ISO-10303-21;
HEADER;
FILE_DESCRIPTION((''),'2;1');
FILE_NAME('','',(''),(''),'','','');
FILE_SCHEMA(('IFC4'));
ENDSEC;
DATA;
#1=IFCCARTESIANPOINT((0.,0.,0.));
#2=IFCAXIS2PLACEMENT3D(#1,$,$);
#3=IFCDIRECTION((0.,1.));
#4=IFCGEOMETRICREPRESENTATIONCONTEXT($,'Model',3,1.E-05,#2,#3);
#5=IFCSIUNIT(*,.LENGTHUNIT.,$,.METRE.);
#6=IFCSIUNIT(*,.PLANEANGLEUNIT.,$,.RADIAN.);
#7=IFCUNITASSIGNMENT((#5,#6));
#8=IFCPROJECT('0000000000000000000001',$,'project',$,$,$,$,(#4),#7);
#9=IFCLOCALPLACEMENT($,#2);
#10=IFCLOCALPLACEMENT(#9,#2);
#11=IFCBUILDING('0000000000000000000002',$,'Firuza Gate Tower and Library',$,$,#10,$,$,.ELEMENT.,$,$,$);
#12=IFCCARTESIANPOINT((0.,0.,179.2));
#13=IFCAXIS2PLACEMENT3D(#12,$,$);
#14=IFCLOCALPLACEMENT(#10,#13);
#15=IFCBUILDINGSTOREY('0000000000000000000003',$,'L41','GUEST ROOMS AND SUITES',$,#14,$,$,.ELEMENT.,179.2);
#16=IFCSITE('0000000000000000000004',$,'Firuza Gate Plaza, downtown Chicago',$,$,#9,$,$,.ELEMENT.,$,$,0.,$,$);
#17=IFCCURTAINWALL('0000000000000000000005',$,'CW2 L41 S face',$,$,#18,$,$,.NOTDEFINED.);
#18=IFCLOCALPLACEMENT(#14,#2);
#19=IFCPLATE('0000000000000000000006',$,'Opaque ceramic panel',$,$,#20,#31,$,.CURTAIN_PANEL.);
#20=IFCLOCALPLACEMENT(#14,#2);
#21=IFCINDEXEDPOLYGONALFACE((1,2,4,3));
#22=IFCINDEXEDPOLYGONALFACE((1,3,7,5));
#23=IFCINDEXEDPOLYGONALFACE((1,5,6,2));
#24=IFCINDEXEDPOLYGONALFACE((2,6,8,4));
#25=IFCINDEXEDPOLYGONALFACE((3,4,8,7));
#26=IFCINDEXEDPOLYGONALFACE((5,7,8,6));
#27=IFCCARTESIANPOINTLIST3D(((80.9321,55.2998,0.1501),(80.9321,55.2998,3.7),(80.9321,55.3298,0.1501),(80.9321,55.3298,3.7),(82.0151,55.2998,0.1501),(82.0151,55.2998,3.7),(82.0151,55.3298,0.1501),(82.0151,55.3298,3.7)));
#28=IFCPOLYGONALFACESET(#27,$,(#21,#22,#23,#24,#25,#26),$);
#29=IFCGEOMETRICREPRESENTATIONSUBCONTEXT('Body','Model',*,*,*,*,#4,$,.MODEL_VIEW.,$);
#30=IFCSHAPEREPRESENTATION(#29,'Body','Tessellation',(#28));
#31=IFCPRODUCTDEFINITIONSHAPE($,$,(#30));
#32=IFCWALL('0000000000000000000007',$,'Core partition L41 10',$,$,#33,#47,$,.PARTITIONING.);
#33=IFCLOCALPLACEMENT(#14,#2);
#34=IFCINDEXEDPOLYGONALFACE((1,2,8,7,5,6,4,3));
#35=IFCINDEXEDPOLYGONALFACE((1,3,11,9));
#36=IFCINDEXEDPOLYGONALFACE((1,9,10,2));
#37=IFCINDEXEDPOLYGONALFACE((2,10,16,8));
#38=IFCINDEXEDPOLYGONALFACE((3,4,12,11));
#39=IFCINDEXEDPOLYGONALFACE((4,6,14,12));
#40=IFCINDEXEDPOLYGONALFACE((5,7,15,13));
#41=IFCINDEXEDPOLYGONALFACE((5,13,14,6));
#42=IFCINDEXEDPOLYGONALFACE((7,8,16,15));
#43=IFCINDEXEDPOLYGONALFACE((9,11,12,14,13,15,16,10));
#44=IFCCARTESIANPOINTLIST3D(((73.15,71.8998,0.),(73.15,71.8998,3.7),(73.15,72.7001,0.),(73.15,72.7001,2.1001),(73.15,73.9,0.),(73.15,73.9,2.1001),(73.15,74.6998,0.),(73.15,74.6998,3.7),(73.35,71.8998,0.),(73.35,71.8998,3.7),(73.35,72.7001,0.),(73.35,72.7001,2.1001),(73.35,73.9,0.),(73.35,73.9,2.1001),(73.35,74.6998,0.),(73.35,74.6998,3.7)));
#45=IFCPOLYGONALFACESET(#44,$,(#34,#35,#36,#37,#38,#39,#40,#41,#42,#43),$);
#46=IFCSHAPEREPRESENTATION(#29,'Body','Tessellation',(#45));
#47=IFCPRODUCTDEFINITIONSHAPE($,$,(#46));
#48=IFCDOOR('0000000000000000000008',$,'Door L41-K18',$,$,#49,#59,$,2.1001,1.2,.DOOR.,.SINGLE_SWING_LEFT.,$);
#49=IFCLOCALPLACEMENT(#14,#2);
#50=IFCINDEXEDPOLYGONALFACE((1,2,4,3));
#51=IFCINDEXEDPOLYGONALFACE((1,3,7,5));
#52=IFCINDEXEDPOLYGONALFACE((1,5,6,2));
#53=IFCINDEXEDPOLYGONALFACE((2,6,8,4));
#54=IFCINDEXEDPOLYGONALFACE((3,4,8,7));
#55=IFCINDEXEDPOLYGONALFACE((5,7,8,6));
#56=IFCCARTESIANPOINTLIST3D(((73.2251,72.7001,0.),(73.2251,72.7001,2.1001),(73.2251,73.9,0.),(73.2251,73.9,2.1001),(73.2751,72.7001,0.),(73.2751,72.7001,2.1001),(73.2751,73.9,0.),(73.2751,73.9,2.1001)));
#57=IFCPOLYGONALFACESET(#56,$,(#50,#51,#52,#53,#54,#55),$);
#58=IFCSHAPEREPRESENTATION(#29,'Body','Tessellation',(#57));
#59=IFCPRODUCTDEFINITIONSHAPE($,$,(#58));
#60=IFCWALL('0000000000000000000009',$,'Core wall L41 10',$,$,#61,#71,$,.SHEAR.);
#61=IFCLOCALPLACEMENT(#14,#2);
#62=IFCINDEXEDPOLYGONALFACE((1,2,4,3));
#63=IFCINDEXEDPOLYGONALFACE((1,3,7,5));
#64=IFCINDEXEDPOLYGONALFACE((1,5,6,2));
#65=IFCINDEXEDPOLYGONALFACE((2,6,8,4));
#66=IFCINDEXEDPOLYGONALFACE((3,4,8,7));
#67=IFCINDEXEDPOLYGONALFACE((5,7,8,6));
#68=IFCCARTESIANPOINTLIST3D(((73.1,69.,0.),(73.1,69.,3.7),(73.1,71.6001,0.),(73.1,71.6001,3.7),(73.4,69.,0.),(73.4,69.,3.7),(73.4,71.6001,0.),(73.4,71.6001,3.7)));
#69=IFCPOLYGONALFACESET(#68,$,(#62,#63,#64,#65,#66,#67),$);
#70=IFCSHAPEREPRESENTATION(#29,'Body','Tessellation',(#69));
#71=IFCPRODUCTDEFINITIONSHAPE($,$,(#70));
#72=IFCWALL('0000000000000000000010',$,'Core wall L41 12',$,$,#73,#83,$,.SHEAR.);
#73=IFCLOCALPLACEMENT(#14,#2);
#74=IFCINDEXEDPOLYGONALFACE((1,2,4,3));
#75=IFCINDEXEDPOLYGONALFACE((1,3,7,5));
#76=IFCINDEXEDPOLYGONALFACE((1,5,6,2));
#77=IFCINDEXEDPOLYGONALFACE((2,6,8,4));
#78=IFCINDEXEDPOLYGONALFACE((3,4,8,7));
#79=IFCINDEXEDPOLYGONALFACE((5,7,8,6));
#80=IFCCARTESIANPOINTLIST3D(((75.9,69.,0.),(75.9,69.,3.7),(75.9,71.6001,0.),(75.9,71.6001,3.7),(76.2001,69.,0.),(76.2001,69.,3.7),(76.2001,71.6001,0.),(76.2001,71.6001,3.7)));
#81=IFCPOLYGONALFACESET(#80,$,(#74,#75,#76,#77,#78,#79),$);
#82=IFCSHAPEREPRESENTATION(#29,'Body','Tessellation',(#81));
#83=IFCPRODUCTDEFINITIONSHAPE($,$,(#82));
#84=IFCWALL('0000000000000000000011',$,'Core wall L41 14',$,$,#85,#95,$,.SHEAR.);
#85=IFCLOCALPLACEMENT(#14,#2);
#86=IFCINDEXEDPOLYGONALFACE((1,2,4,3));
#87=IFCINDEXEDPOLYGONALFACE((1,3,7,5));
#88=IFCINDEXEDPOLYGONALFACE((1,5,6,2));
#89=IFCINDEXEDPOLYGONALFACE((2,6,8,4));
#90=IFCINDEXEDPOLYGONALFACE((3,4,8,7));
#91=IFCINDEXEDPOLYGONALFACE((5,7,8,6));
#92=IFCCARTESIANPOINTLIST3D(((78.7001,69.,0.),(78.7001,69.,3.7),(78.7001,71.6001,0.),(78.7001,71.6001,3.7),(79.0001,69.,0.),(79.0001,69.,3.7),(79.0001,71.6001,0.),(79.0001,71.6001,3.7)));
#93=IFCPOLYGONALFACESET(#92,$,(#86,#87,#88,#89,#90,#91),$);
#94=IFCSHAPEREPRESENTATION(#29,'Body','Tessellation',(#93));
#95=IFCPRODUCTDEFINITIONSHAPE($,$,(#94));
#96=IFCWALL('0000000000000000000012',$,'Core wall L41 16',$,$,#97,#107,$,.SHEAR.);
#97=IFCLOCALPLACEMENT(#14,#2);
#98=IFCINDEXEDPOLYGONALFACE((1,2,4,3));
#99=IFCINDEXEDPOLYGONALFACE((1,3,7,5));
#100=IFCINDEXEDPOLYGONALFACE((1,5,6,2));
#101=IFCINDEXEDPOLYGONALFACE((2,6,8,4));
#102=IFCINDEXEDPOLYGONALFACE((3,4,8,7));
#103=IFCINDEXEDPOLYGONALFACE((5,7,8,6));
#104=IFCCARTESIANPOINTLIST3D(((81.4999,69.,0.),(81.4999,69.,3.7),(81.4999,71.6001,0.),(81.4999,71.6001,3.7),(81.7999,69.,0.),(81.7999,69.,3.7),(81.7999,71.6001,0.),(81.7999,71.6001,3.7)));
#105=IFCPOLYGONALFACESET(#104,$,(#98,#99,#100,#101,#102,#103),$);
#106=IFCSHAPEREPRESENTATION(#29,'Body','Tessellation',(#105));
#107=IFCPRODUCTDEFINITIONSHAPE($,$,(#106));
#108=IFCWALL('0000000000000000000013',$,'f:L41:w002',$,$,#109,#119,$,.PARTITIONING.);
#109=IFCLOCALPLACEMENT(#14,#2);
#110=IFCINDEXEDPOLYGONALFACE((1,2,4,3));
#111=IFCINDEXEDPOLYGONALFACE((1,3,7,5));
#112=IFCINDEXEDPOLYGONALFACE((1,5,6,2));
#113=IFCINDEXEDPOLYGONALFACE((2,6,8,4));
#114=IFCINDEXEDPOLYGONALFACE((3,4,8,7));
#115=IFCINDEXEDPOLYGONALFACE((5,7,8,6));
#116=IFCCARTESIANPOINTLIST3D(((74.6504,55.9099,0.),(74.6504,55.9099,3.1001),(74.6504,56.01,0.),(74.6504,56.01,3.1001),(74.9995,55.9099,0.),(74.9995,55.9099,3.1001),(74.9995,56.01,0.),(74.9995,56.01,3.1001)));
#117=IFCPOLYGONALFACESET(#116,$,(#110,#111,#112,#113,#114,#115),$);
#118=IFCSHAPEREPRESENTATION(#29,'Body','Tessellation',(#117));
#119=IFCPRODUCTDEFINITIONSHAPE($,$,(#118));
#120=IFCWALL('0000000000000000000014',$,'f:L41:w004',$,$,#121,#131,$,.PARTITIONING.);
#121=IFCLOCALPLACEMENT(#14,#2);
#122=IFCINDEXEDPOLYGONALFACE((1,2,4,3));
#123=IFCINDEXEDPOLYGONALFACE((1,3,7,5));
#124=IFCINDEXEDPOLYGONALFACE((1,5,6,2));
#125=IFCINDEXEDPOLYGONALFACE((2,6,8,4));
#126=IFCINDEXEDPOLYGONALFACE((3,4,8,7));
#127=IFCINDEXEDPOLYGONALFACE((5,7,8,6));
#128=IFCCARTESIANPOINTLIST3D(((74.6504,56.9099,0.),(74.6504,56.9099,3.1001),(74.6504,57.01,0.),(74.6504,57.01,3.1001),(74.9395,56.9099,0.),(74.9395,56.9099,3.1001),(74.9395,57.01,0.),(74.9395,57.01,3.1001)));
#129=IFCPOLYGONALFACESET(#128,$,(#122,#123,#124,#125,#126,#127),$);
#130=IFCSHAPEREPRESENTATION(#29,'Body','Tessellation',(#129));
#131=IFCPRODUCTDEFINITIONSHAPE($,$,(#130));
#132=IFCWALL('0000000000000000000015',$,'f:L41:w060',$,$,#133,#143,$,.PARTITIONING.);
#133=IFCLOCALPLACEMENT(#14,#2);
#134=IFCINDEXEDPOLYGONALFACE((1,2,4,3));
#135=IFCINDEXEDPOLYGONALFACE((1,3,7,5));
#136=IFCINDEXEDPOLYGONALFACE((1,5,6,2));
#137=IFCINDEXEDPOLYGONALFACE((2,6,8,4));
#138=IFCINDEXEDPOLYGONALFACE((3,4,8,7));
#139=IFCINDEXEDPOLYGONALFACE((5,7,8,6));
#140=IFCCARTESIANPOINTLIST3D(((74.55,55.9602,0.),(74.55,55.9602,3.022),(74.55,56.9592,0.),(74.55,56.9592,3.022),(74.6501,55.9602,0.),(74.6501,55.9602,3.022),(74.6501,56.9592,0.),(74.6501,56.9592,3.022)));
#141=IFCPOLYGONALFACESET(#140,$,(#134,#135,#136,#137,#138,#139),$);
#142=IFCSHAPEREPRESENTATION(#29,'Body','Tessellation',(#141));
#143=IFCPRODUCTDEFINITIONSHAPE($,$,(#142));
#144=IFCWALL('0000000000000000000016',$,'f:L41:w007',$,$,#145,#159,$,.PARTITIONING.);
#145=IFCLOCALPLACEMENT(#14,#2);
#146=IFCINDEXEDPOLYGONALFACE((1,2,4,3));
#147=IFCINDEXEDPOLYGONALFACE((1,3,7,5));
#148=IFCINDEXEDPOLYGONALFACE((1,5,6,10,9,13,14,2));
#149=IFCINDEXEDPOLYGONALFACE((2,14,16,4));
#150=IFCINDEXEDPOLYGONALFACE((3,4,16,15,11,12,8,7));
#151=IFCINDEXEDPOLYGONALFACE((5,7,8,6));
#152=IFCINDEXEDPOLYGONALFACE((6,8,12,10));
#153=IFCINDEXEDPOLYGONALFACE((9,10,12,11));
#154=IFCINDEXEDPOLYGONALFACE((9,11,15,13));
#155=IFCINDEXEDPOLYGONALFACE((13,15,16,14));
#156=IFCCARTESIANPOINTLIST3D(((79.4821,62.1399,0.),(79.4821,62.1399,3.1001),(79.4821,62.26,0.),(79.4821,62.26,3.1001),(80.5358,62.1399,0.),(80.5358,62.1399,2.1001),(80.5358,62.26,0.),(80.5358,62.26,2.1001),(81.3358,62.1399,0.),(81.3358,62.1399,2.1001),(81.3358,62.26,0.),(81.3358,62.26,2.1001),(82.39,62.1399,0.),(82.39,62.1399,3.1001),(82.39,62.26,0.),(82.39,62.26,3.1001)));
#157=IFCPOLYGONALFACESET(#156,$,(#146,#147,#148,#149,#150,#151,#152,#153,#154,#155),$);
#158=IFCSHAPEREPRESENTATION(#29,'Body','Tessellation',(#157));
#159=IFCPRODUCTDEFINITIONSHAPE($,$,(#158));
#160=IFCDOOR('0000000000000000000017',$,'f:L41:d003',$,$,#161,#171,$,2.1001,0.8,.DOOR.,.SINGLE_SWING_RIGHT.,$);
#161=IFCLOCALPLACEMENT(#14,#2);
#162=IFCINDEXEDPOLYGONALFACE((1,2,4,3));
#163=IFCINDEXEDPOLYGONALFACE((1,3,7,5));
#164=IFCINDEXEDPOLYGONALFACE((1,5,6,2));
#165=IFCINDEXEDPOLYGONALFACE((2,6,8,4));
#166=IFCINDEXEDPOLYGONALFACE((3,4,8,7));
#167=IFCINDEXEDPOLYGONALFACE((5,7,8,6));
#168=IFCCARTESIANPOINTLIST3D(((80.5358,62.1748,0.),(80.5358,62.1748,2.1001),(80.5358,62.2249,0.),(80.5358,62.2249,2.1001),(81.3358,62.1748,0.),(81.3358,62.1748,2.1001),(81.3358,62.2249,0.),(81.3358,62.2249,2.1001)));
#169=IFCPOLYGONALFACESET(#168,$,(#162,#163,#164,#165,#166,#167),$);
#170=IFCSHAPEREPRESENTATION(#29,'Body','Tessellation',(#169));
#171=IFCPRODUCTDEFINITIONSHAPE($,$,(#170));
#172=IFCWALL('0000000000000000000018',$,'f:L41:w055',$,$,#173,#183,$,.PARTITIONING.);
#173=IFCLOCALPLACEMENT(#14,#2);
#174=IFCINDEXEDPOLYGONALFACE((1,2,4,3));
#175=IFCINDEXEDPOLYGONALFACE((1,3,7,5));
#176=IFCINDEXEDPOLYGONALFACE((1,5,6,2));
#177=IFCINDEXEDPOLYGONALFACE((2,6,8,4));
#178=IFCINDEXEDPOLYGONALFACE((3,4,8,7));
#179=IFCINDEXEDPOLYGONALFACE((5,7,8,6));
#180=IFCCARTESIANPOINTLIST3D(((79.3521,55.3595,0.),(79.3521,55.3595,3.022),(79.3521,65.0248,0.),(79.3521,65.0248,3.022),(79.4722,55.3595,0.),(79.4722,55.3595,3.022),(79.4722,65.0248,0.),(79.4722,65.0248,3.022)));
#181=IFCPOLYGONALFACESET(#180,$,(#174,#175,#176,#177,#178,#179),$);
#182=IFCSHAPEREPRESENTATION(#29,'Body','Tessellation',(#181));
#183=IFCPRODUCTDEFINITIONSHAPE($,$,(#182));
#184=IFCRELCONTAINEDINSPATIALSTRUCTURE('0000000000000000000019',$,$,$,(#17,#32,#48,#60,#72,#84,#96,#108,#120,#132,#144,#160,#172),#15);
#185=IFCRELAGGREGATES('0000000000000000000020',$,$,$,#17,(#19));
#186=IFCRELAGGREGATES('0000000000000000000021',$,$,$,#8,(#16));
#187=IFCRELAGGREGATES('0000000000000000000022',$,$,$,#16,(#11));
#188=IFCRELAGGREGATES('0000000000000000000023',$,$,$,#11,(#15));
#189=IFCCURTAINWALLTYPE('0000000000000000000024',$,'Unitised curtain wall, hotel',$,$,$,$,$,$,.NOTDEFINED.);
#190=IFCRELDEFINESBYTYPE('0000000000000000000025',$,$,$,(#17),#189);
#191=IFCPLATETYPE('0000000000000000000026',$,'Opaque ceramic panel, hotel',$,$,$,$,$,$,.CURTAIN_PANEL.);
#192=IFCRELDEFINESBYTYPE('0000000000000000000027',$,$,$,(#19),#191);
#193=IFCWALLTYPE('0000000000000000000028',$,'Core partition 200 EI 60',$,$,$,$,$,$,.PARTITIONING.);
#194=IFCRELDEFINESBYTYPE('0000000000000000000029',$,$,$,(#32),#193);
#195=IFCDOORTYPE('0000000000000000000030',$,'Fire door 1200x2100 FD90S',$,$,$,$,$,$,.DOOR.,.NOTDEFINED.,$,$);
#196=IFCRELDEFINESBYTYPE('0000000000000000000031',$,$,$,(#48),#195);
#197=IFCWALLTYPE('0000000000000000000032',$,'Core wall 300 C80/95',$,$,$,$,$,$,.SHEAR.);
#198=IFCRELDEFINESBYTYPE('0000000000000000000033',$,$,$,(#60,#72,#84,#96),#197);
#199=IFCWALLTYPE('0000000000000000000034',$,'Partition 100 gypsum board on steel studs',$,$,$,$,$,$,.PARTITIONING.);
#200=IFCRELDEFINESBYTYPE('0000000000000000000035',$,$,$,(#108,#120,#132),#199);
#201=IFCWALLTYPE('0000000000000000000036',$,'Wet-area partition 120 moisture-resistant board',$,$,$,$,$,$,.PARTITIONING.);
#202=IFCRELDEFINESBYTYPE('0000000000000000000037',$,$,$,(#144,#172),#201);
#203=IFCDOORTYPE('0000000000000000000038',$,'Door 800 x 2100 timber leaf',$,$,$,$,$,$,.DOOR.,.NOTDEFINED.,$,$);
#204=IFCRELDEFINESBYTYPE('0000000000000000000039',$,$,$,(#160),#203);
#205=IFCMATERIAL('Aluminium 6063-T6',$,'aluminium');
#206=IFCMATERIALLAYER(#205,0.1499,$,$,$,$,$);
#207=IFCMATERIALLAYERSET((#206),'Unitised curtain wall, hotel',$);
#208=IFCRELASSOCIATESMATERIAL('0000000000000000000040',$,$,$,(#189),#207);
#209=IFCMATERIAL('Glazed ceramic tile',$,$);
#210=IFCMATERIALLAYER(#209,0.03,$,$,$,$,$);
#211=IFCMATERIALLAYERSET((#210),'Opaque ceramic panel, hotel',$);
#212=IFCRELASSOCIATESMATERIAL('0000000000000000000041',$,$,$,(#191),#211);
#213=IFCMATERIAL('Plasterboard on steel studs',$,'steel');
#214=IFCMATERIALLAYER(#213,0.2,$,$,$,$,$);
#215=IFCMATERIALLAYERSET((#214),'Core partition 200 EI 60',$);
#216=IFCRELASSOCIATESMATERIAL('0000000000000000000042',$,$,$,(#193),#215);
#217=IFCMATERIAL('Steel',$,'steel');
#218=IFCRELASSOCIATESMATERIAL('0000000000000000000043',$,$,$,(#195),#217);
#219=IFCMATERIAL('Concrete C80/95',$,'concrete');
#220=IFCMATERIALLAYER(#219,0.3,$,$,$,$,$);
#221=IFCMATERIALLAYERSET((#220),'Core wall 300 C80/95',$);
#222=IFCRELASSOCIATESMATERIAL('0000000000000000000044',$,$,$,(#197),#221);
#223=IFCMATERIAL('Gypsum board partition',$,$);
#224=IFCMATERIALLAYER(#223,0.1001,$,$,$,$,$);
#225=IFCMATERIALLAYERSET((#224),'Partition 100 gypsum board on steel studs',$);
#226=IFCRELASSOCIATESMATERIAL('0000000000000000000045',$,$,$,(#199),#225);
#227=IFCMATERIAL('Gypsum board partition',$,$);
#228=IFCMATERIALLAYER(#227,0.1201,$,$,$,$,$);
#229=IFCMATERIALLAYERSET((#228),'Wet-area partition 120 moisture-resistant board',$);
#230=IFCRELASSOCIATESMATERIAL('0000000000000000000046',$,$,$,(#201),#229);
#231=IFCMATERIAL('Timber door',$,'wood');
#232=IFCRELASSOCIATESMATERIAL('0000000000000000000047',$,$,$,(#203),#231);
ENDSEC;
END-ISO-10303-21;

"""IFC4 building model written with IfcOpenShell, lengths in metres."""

from ifc_helpers import new_model, si_unit, direction, frame, frame_2d, origin, place, context, subcontext, project, spatial, polyline, rectangle, outline, extrude, material, layer, layer_set, type_object, element, fill, aggregate, save


model = new_model("IFC4")

# Units and contexts
model_context = context("Model", 3, precision=1e-05, world=origin(), true_north=direction((0.0, 1.0)))
body_context = subcontext(model_context, "Body", "Model", "MODEL_VIEW")
ifc_project = project(units=[si_unit("LENGTHUNIT", "METRE"), si_unit("PLANEANGLEUNIT", "RADIAN")], contexts=[model_context])

# Site, building, storey
site_placement = place(None, origin())
site = spatial("IfcSite", under=ifc_project, at=site_placement, Name="Firuza Gate Plaza, downtown Chicago", CompositionType="ELEMENT", RefElevation=0.0)
building_placement = place(site_placement, origin())
building = spatial("IfcBuilding", under=site, at=building_placement, Name="Firuza Gate Tower and Library", CompositionType="ELEMENT")
storey_placement = place(building_placement, frame((0.0, 0.0, 179.2)))
storey = spatial("IfcBuildingStorey", under=building, at=storey_placement, Name="L41", Description="GUEST ROOMS AND SUITES", CompositionType="ELEMENT", Elevation=179.2)

# Curtain wall
ifc_material_1 = material(Name="Aluminium 6063-T6", Category="aluminium")
ifc_layer_1 = layer(ifc_material_1, 0.1499)
ifc_layer_set_1 = layer_set([ifc_layer_1], Name="Unitised curtain wall, hotel")
curtain_wall_type = type_object("IfcCurtainWallType", Name="Unitised curtain wall, hotel", PredefinedType="NOTDEFINED", material=ifc_layer_set_1)
curtain_wall_placement = place(storey_placement, origin())
curtain_wall = element("IfcCurtainWall", 1, at=curtain_wall_placement, inside=storey, type_object=curtain_wall_type, Name="CW2 L41 S face", PredefinedType="NOTDEFINED")

# Plate
ifc_material_2 = material(Name="Glazed ceramic tile")
ifc_layer_2 = layer(ifc_material_2, 0.03)
ifc_layer_set_2 = layer_set([ifc_layer_2], Name="Opaque ceramic panel, hotel")
plate_type_1 = type_object("IfcPlateType", Name="Opaque ceramic panel, hotel", PredefinedType="CURTAIN_PANEL", material=ifc_layer_set_2)
plate_1_placement = place(storey_placement, frame((80.9321, 55.2998, 0.1501), z_axis=(0.0, -1.0, 0.0), x_axis=(1.0, 0.0, 0.0)))
plate_1 = element("IfcPlate", 2, at=plate_1_placement, type_object=plate_type_1, Name="Opaque ceramic panel", PredefinedType="CURTAIN_PANEL", context=body_context, shape_type="SweptSolid", body=[
    extrude(outline(polyline([(0.0, 0.0), (1.083, 0.0), (1.083, 3.5498), (0.0, 3.5498), (0.0, 0.0)])), origin(), (0.0, 0.0, -1.0), 0.03),
])
aggregate(curtain_wall, [plate_1])

# Wall, opening, door
ifc_material_3 = material(Name="Plasterboard on steel studs", Category="steel")
ifc_layer_3 = layer(ifc_material_3, 0.2)
ifc_layer_set_3 = layer_set([ifc_layer_3], Name="Core partition 200 EI 60")
wall_type_1 = type_object("IfcWallType", Name="Core partition 200 EI 60", PredefinedType="PARTITIONING", material=ifc_layer_set_3)
wall_1_placement = place(storey_placement, frame((73.25, 71.8999, 0.0), z_axis=(0.0, 0.0, 1.0), x_axis=(0.0, 1.0, 0.0)))
wall_1 = element("IfcWall", 3, at=wall_1_placement, inside=storey, type_object=wall_type_1, Name="Core partition L41 10", PredefinedType="PARTITIONING", context=body_context, shape_type="SweptSolid", body=[
    extrude(rectangle(XDim=2.8, YDim=0.2, at=frame_2d((1.3999, 0.0))), origin(), (0.0, 0.0, 1.0), 3.7),
])
opening_1_placement = place(wall_1_placement, frame((0.8, 0.0, 0.0)))
opening_1 = element("IfcOpeningElement", 4, at=opening_1_placement, cuts=wall_1, PredefinedType="OPENING", context=body_context, shape_type="SweptSolid", body=[
    extrude(rectangle(XDim=1.2, YDim=2.1001, at=frame_2d((0.6001, 1.05))), frame((0.0, 0.1099, 0.0), z_axis=(0.0, -1.0, 0.0), x_axis=(1.0, 0.0, 0.0)), (0.0, 0.0, 1.0), 0.22),
])
ifc_material_4 = material(Name="Steel", Category="steel")
door_type_1 = type_object("IfcDoorType", Name="Fire door 1200x2100 FD90S", OperationType="NOTDEFINED", PredefinedType="DOOR", material=ifc_material_4)
door_1_placement = place(opening_1_placement, origin())
door_1 = element("IfcDoor", 5, at=door_1_placement, inside=storey, type_object=door_type_1, Name="Door L41-K18", OperationType="SINGLE_SWING_LEFT", OverallHeight=2.1001, OverallWidth=1.2, PredefinedType="DOOR", context=body_context, shape_type="SweptSolid", body=[
    extrude(rectangle(XDim=1.2, YDim=2.1001, at=frame_2d((0.6001, 1.05))), frame((0.0, 0.0249, 0.0), z_axis=(0.0, -1.0, 0.0), x_axis=(1.0, 0.0, 0.0)), (0.0, 0.0, 1.0), 0.05),
])
fill(opening_1, door_1)

# Walls
ifc_material_5 = material(Name="Concrete C80/95", Category="concrete")
ifc_layer_4 = layer(ifc_material_5, 0.3)
ifc_layer_set_4 = layer_set([ifc_layer_4], Name="Core wall 300 C80/95")
wall_type_2 = type_object("IfcWallType", Name="Core wall 300 C80/95", PredefinedType="SHEAR", material=ifc_layer_set_4)
for number, where, z_axis, x_axis, name in (
    (6, (73.25, 69.0, 0.0), (0.0, 0.0, 1.0), (0.0, 1.0, 0.0), "Core wall L41 10"),
    (7, (76.05, 69.0, 0.0), (0.0, 0.0, 1.0), (0.0, 1.0, 0.0), "Core wall L41 12"),
    (8, (78.8501, 69.0, 0.0), (0.0, 0.0, 1.0), (0.0, 1.0, 0.0), "Core wall L41 14"),
    (9, (81.6499, 69.0, 0.0), (0.0, 0.0, 1.0), (0.0, 1.0, 0.0), "Core wall L41 16"),
):
    element("IfcWall", number, at=place(storey_placement, frame(where, z_axis=z_axis, x_axis=x_axis)), inside=storey, type_object=wall_type_2, Name=name, PredefinedType="SHEAR", context=body_context, shape_type="SweptSolid", body=[
        extrude(rectangle(XDim=2.6001, YDim=0.3, at=frame_2d((1.3, 0.0))), origin(), (0.0, 0.0, 1.0), 3.7),
    ])
ifc_material_6 = material(Name="Gypsum board partition")
ifc_layer_5 = layer(ifc_material_6, 0.1001)
ifc_layer_set_5 = layer_set([ifc_layer_5], Name="Partition 100 gypsum board on steel studs")
wall_type_3 = type_object("IfcWallType", Name="Partition 100 gypsum board on steel studs", PredefinedType="PARTITIONING", material=ifc_layer_set_5)
wall_2_placement = place(storey_placement, frame((74.6504, 55.96, 0.0), z_axis=(0.0, 0.0, 1.0), x_axis=(1.0, 0.0, 0.0)))
element("IfcWall", 10, at=wall_2_placement, inside=storey, type_object=wall_type_3, Name="f:L41:w002", PredefinedType="PARTITIONING", context=body_context, shape_type="SweptSolid", body=[
    extrude(rectangle(XDim=0.3491, YDim=0.1001, at=frame_2d((0.1746, 0.0))), origin(), (0.0, 0.0, 1.0), 3.1001),
])
wall_3_placement = place(storey_placement, frame((74.6504, 56.96, 0.0), z_axis=(0.0, 0.0, 1.0), x_axis=(1.0, 0.0, 0.0)))
element("IfcWall", 11, at=wall_3_placement, inside=storey, type_object=wall_type_3, Name="f:L41:w004", PredefinedType="PARTITIONING", context=body_context, shape_type="SweptSolid", body=[
    extrude(rectangle(XDim=0.2891, YDim=0.1001, at=frame_2d((0.1445, 0.0))), origin(), (0.0, 0.0, 1.0), 3.1001),
])
wall_4_placement = place(storey_placement, frame((74.6001, 55.9602, 0.0), z_axis=(0.0, 0.0, 1.0), x_axis=(0.0, 1.0, 0.0)))
element("IfcWall", 12, at=wall_4_placement, inside=storey, type_object=wall_type_3, Name="f:L41:w060", PredefinedType="PARTITIONING", context=body_context, shape_type="SweptSolid", body=[
    extrude(rectangle(XDim=0.999, YDim=0.1001, at=frame_2d((0.4995, 0.0))), origin(), (0.0, 0.0, 1.0), 3.022),
])

# Wall, opening, door
ifc_material_7 = material(Name="Gypsum board partition")
ifc_layer_6 = layer(ifc_material_7, 0.1201)
ifc_layer_set_6 = layer_set([ifc_layer_6], Name="Wet-area partition 120 moisture-resistant board")
wall_type_4 = type_object("IfcWallType", Name="Wet-area partition 120 moisture-resistant board", PredefinedType="PARTITIONING", material=ifc_layer_set_6)
wall_5_placement = place(storey_placement, frame((79.4819, 62.2, 0.0), z_axis=(0.0, 0.0, 1.0), x_axis=(1.0, 0.0, 0.0)))
wall_5 = element("IfcWall", 13, at=wall_5_placement, inside=storey, type_object=wall_type_4, Name="f:L41:w007", PredefinedType="PARTITIONING", context=body_context, shape_type="SweptSolid", body=[
    extrude(rectangle(XDim=2.908, YDim=0.1201, at=frame_2d((1.4541, 0.0))), origin(), (0.0, 0.0, 1.0), 3.1001),
])
opening_2_placement = place(wall_5_placement, frame((1.054, 0.0, 0.0)))
opening_2 = element("IfcOpeningElement", 14, at=opening_2_placement, cuts=wall_5, PredefinedType="OPENING", context=body_context, shape_type="SweptSolid", body=[
    extrude(rectangle(XDim=0.8, YDim=2.1001, at=frame_2d((0.3999, 1.05))), frame((0.0, 0.0701, 0.0), z_axis=(0.0, -1.0, 0.0), x_axis=(1.0, 0.0, 0.0)), (0.0, 0.0, 1.0), 0.1401),
])
ifc_material_8 = material(Name="Timber door", Category="wood")
door_type_2 = type_object("IfcDoorType", Name="Door 800 x 2100 timber leaf", OperationType="NOTDEFINED", PredefinedType="DOOR", material=ifc_material_8)
door_2_placement = place(opening_2_placement, origin())
door_2 = element("IfcDoor", 15, at=door_2_placement, inside=storey, type_object=door_type_2, Name="f:L41:d003", OperationType="SINGLE_SWING_RIGHT", OverallHeight=2.1001, OverallWidth=0.8, PredefinedType="DOOR", context=body_context, shape_type="SweptSolid", body=[
    extrude(rectangle(XDim=0.8, YDim=2.1001, at=frame_2d((0.3999, 1.05))), frame((0.0, 0.0249, 0.0), z_axis=(0.0, -1.0, 0.0), x_axis=(1.0, 0.0, 0.0)), (0.0, 0.0, 1.0), 0.05),
])
fill(opening_2, door_2)

# Wall
wall_6_placement = place(storey_placement, frame((79.4121, 55.3596, 0.0), z_axis=(0.0, 0.0, 1.0), x_axis=(0.0, 1.0, 0.0)))
element("IfcWall", 16, at=wall_6_placement, inside=storey, type_object=wall_type_4, Name="f:L41:w055", PredefinedType="PARTITIONING", context=body_context, shape_type="SweptSolid", body=[
    extrude(rectangle(XDim=9.6653, YDim=0.1201, at=frame_2d((4.8325, 0.0))), origin(), (0.0, 0.0, 1.0), 3.022),
])

save(model, "model.ifc")
